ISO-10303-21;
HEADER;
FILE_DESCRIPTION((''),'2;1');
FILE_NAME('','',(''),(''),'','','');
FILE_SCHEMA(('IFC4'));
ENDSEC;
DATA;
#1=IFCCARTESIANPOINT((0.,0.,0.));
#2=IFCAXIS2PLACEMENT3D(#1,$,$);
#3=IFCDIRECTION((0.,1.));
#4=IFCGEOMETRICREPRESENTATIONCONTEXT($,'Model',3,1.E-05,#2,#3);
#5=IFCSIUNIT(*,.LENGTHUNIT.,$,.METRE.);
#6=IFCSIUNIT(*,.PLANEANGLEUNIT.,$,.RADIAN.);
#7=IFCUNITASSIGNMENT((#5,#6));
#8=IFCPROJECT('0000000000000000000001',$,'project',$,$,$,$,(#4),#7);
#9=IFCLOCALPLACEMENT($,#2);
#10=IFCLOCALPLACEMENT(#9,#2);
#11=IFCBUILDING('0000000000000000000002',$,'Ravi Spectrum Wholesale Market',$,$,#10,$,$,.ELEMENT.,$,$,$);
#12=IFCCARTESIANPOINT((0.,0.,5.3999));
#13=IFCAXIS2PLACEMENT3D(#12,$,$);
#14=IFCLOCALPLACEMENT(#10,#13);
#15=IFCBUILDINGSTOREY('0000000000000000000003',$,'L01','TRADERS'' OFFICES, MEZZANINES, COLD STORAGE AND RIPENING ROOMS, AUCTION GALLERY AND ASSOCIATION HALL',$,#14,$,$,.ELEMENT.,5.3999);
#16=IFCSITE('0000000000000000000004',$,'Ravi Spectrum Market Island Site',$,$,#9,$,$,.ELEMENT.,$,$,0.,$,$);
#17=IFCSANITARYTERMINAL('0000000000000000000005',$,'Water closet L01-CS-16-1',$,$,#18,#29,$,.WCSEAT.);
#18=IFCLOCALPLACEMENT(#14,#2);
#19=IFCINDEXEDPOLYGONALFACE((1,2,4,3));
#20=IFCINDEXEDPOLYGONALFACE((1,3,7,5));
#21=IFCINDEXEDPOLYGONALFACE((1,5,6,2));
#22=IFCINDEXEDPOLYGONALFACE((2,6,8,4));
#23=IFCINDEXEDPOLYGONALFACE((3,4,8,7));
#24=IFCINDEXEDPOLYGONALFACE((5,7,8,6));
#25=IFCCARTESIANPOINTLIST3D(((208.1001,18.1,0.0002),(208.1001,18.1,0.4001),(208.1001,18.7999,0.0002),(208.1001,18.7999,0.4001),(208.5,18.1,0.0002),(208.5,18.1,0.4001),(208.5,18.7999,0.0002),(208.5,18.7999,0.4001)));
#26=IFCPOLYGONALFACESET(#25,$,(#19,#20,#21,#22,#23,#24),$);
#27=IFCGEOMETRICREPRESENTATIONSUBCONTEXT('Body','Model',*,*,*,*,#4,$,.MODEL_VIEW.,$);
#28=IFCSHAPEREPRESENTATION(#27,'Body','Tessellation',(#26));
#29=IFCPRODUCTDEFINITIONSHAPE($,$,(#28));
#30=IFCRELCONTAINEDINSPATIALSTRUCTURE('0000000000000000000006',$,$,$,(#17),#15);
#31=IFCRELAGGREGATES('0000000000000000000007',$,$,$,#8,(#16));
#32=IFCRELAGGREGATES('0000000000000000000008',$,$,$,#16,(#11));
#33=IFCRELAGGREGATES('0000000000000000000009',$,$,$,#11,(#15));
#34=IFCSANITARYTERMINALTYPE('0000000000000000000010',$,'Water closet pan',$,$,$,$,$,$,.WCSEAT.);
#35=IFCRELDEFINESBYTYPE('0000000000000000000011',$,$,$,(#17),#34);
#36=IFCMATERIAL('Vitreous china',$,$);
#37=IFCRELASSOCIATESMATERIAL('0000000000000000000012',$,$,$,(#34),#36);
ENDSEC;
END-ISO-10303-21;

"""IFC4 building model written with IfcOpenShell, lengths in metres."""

from ifc_helpers import new_model, si_unit, direction, frame, origin, origin_2d, place, context, subcontext, project, spatial, rectangle, extrude, material, type_object, element, save


model = new_model("IFC4")

# Units and contexts
model_context = context("Model", 3, precision=1e-05, world=origin(), true_north=direction((0.0, 1.0)))
body_context = subcontext(model_context, "Body", "Model", "MODEL_VIEW")
ifc_project = project(units=[si_unit("LENGTHUNIT", "METRE"), si_unit("PLANEANGLEUNIT", "RADIAN")], contexts=[model_context])

# Site, building, storey
site_placement = place(None, origin())
site = spatial("IfcSite", under=ifc_project, at=site_placement, Name="Ravi Spectrum Market Island Site", CompositionType="ELEMENT", RefElevation=0.0)
building_placement = place(site_placement, origin())
building = spatial("IfcBuilding", under=site, at=building_placement, Name="Ravi Spectrum Wholesale Market", CompositionType="ELEMENT")
storey_placement = place(building_placement, frame((0.0, 0.0, 5.3999)))
storey = spatial("IfcBuildingStorey", under=building, at=storey_placement, Name="L01", Description="TRADERS' OFFICES, MEZZANINES, COLD STORAGE AND RIPENING ROOMS, AUCTION GALLERY AND ASSOCIATION HALL", CompositionType="ELEMENT", Elevation=5.3999)

# Sanitary terminal
ifc_material_1 = material(Name="Vitreous china")
sanitary_terminal_type_1 = type_object("IfcSanitaryTerminalType", Name="Water closet pan", PredefinedType="WCSEAT", material=ifc_material_1)
for number, where, z_axis, x_axis, name in (
    (1, (208.3, 18.45, 0.0002), (0.0, 0.0, 1.0), (1.0, 0.0, 0.0), "Water closet L01-CS-16-1"),
):
    element("IfcSanitaryTerminal", number, at=place(storey_placement, frame(where, z_axis=z_axis, x_axis=x_axis)), inside=storey, type_object=sanitary_terminal_type_1, Name=name, PredefinedType="WCSEAT", context=body_context, shape_type="SweptSolid", body=[
        extrude(rectangle(XDim=0.3999, YDim=0.7, at=origin_2d()), origin(), (0.0, 0.0, 1.0), 0.3999),
    ])

save(model, "model.ifc")
